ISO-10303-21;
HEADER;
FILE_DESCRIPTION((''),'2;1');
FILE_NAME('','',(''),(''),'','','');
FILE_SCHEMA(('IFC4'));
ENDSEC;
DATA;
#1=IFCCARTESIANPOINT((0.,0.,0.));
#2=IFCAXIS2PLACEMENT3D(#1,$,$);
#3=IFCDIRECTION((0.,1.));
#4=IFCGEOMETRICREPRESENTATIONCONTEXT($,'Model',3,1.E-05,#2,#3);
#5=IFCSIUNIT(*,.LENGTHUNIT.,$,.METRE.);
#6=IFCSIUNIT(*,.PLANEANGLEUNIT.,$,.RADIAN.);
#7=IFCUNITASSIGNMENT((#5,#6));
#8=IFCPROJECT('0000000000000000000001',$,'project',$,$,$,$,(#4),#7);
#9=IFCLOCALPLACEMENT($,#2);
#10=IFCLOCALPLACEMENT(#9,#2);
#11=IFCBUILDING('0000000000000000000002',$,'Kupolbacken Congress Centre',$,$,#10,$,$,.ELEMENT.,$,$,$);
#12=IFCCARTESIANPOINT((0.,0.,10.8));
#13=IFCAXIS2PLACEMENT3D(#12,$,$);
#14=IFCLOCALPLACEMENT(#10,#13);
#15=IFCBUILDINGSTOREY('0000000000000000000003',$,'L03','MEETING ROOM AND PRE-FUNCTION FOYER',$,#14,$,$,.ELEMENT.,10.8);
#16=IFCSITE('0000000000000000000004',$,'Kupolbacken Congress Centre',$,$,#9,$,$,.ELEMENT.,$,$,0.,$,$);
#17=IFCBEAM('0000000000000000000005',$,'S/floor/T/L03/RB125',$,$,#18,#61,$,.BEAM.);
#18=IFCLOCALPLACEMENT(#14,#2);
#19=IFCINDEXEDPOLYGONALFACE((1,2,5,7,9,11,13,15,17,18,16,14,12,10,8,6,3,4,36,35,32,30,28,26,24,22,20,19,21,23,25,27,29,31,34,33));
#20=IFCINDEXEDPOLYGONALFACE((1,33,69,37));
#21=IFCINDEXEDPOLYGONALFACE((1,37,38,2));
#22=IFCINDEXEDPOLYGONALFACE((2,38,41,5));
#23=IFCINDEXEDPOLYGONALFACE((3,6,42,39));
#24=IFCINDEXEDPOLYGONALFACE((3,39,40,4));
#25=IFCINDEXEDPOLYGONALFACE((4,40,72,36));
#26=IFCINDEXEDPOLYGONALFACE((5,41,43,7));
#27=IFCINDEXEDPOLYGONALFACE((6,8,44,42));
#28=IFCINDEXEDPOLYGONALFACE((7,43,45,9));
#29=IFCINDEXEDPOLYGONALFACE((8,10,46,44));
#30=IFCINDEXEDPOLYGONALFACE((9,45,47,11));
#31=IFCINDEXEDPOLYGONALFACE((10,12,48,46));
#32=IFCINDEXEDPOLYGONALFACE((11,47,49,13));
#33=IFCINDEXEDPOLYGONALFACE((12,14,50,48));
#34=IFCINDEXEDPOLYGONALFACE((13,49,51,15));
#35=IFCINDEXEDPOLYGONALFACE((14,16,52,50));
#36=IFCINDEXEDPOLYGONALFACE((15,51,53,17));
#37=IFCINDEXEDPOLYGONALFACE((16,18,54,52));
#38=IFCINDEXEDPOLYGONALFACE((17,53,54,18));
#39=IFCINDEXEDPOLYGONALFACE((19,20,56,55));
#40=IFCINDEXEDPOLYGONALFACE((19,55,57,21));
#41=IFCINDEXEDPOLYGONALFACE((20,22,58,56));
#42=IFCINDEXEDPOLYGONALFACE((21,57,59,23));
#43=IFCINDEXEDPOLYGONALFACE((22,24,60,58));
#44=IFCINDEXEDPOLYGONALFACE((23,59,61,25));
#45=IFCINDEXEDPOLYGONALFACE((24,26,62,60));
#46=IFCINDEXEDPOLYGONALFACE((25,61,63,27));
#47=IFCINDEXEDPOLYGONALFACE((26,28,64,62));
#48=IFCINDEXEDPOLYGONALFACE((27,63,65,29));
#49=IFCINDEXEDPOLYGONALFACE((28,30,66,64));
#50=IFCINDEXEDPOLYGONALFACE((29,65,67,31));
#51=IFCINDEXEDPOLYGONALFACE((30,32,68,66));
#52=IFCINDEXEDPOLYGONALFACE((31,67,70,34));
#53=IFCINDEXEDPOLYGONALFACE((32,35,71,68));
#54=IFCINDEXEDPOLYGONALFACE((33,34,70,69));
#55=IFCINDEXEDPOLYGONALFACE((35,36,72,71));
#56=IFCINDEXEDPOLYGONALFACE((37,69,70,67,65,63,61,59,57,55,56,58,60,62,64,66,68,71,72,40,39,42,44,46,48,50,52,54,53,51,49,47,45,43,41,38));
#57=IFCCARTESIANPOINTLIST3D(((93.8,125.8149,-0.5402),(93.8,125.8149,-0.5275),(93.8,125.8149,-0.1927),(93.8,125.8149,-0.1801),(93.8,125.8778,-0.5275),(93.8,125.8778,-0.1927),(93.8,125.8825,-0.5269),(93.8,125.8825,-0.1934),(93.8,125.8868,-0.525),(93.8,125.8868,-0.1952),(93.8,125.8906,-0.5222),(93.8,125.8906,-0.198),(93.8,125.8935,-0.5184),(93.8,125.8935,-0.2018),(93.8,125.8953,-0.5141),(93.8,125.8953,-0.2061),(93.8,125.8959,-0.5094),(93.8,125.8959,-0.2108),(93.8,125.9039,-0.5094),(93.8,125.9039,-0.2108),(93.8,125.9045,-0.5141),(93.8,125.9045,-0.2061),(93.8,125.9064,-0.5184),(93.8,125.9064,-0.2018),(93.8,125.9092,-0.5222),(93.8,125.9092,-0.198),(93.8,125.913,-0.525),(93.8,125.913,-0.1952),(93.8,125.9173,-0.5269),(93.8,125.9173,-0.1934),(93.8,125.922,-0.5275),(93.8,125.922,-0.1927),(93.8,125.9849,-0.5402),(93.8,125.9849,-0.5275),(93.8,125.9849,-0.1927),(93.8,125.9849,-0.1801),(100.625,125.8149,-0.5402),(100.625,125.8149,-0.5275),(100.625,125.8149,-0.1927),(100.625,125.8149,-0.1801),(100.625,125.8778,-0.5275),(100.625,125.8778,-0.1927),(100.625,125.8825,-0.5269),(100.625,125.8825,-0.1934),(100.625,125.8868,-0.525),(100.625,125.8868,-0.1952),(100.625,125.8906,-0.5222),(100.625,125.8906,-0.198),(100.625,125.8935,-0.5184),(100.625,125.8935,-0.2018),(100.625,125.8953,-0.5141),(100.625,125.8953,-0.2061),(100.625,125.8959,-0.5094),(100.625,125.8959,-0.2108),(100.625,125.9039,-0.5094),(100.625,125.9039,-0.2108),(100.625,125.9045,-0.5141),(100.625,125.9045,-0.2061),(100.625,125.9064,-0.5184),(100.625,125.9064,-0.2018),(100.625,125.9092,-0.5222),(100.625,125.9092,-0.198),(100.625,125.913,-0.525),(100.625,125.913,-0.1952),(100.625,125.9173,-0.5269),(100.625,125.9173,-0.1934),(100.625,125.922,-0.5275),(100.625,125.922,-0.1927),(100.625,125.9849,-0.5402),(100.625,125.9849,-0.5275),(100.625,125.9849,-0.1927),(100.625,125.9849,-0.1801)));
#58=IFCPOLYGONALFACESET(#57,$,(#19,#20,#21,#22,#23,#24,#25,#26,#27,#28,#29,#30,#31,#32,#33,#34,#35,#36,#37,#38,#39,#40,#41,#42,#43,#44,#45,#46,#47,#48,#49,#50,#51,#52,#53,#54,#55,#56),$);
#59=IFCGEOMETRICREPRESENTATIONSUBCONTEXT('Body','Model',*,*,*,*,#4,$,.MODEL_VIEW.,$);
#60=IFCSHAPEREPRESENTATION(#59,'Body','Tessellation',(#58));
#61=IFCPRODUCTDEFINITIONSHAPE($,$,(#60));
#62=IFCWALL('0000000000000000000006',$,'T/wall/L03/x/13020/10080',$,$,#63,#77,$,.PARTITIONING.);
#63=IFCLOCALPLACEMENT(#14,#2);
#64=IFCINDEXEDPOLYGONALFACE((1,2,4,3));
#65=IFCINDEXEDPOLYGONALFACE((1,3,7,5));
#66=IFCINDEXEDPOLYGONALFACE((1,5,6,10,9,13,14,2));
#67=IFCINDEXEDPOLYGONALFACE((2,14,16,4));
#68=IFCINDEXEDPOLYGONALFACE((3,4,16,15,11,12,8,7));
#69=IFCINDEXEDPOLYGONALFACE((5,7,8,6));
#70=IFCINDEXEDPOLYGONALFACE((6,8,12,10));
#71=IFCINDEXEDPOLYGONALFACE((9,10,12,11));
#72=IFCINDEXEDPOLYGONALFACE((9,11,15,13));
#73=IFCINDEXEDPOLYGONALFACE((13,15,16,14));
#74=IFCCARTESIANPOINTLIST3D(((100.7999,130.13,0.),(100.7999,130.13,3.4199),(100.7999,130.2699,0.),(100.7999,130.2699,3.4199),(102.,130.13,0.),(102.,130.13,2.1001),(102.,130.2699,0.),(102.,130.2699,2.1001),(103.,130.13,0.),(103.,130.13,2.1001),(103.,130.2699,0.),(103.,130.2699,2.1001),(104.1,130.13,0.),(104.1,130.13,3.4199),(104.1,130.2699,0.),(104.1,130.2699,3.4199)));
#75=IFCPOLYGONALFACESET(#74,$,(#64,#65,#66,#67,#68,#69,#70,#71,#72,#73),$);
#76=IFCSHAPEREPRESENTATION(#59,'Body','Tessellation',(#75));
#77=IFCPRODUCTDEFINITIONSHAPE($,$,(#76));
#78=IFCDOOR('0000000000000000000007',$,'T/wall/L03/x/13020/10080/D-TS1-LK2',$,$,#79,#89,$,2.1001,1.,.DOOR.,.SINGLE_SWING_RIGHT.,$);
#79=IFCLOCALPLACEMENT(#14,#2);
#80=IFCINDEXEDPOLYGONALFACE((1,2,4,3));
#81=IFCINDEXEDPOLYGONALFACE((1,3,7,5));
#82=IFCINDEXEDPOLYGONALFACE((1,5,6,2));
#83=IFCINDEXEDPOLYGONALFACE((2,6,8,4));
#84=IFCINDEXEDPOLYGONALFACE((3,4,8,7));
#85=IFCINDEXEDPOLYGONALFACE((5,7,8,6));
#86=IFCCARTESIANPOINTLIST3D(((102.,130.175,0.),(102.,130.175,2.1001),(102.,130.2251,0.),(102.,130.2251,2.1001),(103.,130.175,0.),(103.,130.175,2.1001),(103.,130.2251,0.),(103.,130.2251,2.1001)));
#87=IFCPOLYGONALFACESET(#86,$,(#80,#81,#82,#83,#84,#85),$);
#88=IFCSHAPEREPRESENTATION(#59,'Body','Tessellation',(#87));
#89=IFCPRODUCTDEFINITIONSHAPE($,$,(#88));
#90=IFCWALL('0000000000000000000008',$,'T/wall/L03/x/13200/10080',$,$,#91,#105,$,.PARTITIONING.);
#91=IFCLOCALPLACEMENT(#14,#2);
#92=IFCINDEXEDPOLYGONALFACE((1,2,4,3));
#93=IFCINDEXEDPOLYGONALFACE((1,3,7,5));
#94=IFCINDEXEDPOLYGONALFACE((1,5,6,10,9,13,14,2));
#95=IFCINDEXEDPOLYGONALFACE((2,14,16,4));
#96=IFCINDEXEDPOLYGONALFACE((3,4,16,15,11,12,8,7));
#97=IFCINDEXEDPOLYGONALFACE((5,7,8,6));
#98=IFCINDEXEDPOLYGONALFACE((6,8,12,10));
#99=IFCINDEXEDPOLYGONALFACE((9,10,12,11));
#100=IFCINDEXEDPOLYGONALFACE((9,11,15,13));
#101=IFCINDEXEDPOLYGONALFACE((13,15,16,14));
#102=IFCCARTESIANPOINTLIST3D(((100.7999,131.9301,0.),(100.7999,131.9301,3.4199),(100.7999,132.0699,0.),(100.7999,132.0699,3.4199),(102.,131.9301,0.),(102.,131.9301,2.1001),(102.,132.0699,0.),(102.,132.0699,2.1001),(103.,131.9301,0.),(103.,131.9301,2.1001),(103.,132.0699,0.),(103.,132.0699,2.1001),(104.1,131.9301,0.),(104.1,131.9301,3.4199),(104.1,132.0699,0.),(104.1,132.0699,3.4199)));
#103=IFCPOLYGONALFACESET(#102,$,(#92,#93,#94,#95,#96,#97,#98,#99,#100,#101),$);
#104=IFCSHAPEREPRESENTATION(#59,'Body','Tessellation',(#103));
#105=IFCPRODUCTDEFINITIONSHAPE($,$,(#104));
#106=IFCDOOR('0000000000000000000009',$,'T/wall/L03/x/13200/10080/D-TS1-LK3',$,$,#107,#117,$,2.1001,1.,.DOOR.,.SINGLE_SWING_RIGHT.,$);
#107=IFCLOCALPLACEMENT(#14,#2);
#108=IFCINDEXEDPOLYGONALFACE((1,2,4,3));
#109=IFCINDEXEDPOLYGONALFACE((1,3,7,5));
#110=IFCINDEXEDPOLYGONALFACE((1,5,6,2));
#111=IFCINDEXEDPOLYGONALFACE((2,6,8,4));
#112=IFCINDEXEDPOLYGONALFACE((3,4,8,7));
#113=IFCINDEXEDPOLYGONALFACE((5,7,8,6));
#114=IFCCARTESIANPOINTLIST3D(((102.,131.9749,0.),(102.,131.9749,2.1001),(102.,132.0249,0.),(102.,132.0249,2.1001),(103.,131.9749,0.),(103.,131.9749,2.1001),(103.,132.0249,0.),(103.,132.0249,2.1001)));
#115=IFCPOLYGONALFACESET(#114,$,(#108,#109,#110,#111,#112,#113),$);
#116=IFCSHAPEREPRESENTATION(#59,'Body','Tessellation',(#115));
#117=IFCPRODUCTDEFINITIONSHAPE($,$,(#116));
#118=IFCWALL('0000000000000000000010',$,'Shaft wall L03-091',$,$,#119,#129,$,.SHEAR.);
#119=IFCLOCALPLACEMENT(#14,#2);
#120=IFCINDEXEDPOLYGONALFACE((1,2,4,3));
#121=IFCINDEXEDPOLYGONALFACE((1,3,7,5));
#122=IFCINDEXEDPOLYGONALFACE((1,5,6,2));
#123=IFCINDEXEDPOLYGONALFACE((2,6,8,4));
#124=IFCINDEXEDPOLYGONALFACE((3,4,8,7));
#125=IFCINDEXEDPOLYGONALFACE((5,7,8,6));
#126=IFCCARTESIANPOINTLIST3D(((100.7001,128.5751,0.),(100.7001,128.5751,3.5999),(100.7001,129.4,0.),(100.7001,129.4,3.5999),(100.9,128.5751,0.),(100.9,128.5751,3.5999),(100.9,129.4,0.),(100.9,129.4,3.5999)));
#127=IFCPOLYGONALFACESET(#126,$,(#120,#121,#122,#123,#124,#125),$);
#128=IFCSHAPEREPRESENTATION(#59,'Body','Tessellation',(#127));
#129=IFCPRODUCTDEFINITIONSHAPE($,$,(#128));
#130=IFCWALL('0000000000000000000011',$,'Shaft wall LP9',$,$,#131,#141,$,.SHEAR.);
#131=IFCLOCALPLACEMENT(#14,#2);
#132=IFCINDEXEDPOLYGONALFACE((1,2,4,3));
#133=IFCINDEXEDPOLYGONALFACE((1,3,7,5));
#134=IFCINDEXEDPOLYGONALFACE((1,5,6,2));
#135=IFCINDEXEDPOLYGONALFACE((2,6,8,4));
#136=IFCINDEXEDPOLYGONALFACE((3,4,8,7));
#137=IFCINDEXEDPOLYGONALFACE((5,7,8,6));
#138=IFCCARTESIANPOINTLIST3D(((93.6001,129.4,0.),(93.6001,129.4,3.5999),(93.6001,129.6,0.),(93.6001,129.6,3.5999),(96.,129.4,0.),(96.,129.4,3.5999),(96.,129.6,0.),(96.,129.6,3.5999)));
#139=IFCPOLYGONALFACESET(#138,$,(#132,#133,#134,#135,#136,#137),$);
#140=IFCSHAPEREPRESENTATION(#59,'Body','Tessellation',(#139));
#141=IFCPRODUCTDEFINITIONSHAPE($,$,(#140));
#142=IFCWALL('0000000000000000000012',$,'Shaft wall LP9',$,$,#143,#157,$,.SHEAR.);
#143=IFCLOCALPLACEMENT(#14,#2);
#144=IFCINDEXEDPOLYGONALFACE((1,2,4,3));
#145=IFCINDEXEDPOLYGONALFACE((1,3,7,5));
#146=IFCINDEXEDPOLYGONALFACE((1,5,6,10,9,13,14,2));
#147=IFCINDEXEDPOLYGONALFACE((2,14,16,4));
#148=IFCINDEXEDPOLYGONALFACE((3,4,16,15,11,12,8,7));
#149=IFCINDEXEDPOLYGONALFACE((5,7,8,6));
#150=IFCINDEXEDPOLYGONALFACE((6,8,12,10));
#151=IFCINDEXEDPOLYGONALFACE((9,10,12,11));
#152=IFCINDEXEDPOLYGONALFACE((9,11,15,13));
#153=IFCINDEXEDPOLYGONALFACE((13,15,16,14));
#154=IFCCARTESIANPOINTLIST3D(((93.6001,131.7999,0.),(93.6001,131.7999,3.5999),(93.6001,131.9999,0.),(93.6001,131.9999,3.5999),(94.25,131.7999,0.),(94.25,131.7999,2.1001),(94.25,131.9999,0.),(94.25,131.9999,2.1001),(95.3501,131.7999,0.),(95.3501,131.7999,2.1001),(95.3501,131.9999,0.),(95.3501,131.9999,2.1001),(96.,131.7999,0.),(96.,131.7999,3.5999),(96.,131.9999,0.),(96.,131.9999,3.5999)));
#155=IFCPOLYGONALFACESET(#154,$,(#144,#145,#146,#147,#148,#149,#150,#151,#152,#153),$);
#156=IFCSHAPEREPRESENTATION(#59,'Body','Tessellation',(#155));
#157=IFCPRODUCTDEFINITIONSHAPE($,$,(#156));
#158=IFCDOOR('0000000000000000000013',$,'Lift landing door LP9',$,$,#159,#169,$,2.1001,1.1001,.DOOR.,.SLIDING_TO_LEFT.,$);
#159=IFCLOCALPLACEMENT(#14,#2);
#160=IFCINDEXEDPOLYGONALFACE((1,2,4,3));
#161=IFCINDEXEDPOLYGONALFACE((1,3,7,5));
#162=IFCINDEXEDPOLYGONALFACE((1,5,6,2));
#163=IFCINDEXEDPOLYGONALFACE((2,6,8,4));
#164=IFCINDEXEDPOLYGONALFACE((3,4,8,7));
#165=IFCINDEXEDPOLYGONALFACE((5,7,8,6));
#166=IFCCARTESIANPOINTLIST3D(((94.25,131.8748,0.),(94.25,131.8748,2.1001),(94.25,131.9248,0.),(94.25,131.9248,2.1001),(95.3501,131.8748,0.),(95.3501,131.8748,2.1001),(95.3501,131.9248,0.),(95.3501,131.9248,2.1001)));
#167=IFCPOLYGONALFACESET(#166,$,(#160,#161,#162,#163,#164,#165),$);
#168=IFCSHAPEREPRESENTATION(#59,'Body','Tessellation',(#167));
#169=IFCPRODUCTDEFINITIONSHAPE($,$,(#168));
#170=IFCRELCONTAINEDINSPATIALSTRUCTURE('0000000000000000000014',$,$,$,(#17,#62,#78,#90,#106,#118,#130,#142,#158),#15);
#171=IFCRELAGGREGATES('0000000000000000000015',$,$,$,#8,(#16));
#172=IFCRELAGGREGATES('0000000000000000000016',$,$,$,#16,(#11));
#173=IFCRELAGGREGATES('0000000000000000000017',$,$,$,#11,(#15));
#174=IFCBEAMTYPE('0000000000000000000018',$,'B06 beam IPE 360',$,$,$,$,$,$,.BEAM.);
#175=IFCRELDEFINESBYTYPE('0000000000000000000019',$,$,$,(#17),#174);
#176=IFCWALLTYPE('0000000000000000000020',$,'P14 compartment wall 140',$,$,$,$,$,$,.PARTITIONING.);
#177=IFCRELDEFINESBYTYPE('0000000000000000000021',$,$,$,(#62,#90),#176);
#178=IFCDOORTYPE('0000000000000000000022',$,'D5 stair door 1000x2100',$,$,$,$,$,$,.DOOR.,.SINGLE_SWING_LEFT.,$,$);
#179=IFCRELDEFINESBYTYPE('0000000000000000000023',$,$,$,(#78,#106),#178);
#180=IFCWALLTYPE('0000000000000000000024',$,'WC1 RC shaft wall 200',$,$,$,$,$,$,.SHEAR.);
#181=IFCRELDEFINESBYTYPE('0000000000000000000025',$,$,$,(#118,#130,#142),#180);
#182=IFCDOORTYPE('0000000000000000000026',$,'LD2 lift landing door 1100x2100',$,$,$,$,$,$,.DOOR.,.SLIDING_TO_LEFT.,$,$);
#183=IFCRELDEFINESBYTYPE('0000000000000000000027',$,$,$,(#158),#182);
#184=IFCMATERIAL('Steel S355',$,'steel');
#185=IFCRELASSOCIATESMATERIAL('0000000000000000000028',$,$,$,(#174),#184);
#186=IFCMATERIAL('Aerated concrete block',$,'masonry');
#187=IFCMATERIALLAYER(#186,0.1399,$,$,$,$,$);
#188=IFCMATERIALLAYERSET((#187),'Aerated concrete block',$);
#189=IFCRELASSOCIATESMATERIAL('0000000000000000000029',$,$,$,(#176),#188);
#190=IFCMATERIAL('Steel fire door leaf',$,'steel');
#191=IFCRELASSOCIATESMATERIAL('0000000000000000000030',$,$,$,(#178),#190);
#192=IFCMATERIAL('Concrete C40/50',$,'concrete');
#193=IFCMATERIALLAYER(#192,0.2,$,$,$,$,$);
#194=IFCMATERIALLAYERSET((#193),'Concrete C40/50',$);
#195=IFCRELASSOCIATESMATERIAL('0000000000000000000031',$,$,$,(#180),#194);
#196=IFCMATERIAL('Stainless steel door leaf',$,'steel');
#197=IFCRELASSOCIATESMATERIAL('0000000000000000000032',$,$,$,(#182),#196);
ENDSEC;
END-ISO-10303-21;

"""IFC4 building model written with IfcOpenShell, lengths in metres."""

from ifc_helpers import new_model, si_unit, direction, frame, frame_2d, origin, origin_2d, place, context, subcontext, project, spatial, rectangle, i_section, extrude, material, layer, layer_set, material_profile, profile_set, type_object, element, fill, save


model = new_model("IFC4")

# Units and contexts
model_context = context("Model", 3, precision=1e-05, world=origin(), true_north=direction((0.0, 1.0)))
body_context = subcontext(model_context, "Body", "Model", "MODEL_VIEW")
ifc_project = project(units=[si_unit("LENGTHUNIT", "METRE"), si_unit("PLANEANGLEUNIT", "RADIAN")], contexts=[model_context])

# Site, building, storey
site_placement = place(None, origin())
site = spatial("IfcSite", under=ifc_project, at=site_placement, Name="Kupolbacken Congress Centre", CompositionType="ELEMENT", RefElevation=0.0)
building_placement = place(site_placement, origin())
building = spatial("IfcBuilding", under=site, at=building_placement, Name="Kupolbacken Congress Centre", CompositionType="ELEMENT")
storey_placement = place(building_placement, frame((0.0, 0.0, 10.8)))
storey = spatial("IfcBuildingStorey", under=building, at=storey_placement, Name="L03", Description="MEETING ROOM AND PRE-FUNCTION FOYER", CompositionType="ELEMENT", Elevation=10.8)

# Beam
ifc_material_1 = material(Name="Steel S355", Category="steel")
ifc_material_profile = material_profile(ifc_material_1, i_section(OverallWidth=0.1699, OverallDepth=0.3601, WebThickness=0.0081, FlangeThickness=0.0127, FilletRadius=0.0181, at=origin_2d()), Name="IPE 360")
ifc_profile_set = profile_set([ifc_material_profile], Name="Steel S355")
beam_type = type_object("IfcBeamType", Name="B06 beam IPE 360", PredefinedType="BEAM", material=ifc_profile_set)
beam_placement = place(storey_placement, frame((93.8, 125.8999, -0.3601), z_axis=(1.0, 0.0, 0.0), x_axis=(0.0, 1.0, 0.0)))
element("IfcBeam", 1, at=beam_placement, inside=storey, type_object=beam_type, Name="S/floor/T/L03/RB125", PredefinedType="BEAM", context=body_context, shape_type="SweptSolid", body=[
    extrude(i_section(OverallWidth=0.1699, OverallDepth=0.3601, WebThickness=0.0081, FlangeThickness=0.0127, FilletRadius=0.0181, at=origin_2d()), origin(), (0.0, 0.0, 1.0), 6.825),
])

# Walls, openings, doors
ifc_material_2 = material(Name="Aerated concrete block", Category="masonry")
ifc_layer_1 = layer(ifc_material_2, 0.1399)
ifc_layer_set_1 = layer_set([ifc_layer_1], Name="Aerated concrete block")
wall_type_1 = type_object("IfcWallType", Name="P14 compartment wall 140", PredefinedType="PARTITIONING", material=ifc_layer_set_1)
wall_1_placement = place(storey_placement, frame((100.8, 130.2, 0.0), z_axis=(0.0, 0.0, 1.0), x_axis=(1.0, 0.0, 0.0)))
wall_1 = element("IfcWall", 2, at=wall_1_placement, inside=storey, type_object=wall_type_1, Name="T/wall/L03/x/13020/10080", PredefinedType="PARTITIONING", context=body_context, shape_type="SweptSolid", body=[
    extrude(rectangle(XDim=3.3, YDim=0.1399, at=frame_2d((1.6499, 0.0))), origin(), (0.0, 0.0, 1.0), 3.4199),
])
opening_1_placement = place(wall_1_placement, frame((1.2, 0.0, 0.0)))
opening_1 = element("IfcOpeningElement", 3, at=opening_1_placement, cuts=wall_1, PredefinedType="OPENING", context=body_context, shape_type="SweptSolid", body=[
    extrude(rectangle(XDim=1.0, YDim=2.1001, at=frame_2d((0.5, 1.05))), frame((0.0, 0.0798, 0.0), z_axis=(0.0, -1.0, 0.0), x_axis=(1.0, 0.0, 0.0)), (0.0, 0.0, 1.0), 0.1599),
])
ifc_material_3 = material(Name="Steel fire door leaf", Category="steel")
door_type_1 = type_object("IfcDoorType", Name="D5 stair door 1000x2100", OperationType="SINGLE_SWING_LEFT", PredefinedType="DOOR", material=ifc_material_3)
door_1_placement = place(opening_1_placement, frame((1.0, 0.0, 0.0), z_axis=(0.0, 0.0, 1.0), x_axis=(-1.0, 0.0, 0.0)))
door_1 = element("IfcDoor", 4, at=door_1_placement, inside=storey, type_object=door_type_1, Name="T/wall/L03/x/13020/10080/D-TS1-LK2", OperationType="SINGLE_SWING_RIGHT", OverallHeight=2.1001, OverallWidth=1.0, PredefinedType="DOOR", context=body_context, shape_type="SweptSolid", body=[
    extrude(rectangle(XDim=1.0, YDim=2.1001, at=frame_2d((0.5, 1.05))), frame((0.0, 0.0249, 0.0), z_axis=(0.0, -1.0, 0.0), x_axis=(1.0, 0.0, 0.0)), (0.0, 0.0, 1.0), 0.05),
])
fill(opening_1, door_1)
wall_2_placement = place(storey_placement, frame((100.8, 132.0, 0.0), z_axis=(0.0, 0.0, 1.0), x_axis=(1.0, 0.0, 0.0)))
wall_2 = element("IfcWall", 5, at=wall_2_placement, inside=storey, type_object=wall_type_1, Name="T/wall/L03/x/13200/10080", PredefinedType="PARTITIONING", context=body_context, shape_type="SweptSolid", body=[
    extrude(rectangle(XDim=3.3, YDim=0.1399, at=frame_2d((1.6499, 0.0))), origin(), (0.0, 0.0, 1.0), 3.4199),
])
opening_2_placement = place(wall_2_placement, frame((1.2, 0.0, 0.0)))
opening_2 = element("IfcOpeningElement", 6, at=opening_2_placement, cuts=wall_2, PredefinedType="OPENING", context=body_context, shape_type="SweptSolid", body=[
    extrude(rectangle(XDim=1.0, YDim=2.1001, at=frame_2d((0.5, 1.05))), frame((0.0, 0.0798, 0.0), z_axis=(0.0, -1.0, 0.0), x_axis=(1.0, 0.0, 0.0)), (0.0, 0.0, 1.0), 0.1599),
])
door_2_placement = place(opening_2_placement, origin())
door_2 = element("IfcDoor", 7, at=door_2_placement, inside=storey, type_object=door_type_1, Name="T/wall/L03/x/13200/10080/D-TS1-LK3", OperationType="SINGLE_SWING_RIGHT", OverallHeight=2.1001, OverallWidth=1.0, PredefinedType="DOOR", context=body_context, shape_type="SweptSolid", body=[
    extrude(rectangle(XDim=1.0, YDim=2.1001, at=frame_2d((0.5, 1.05))), frame((0.0, 0.0249, 0.0), z_axis=(0.0, -1.0, 0.0), x_axis=(1.0, 0.0, 0.0)), (0.0, 0.0, 1.0), 0.05),
])
fill(opening_2, door_2)

# Walls
ifc_material_4 = material(Name="Concrete C40/50", Category="concrete")
ifc_layer_2 = layer(ifc_material_4, 0.2)
ifc_layer_set_2 = layer_set([ifc_layer_2], Name="Concrete C40/50")
wall_type_2 = type_object("IfcWallType", Name="WC1 RC shaft wall 200", PredefinedType="SHEAR", material=ifc_layer_set_2)
wall_3_placement = place(storey_placement, frame((100.8, 128.575, 0.0), z_axis=(0.0, 0.0, 1.0), x_axis=(0.0, 1.0, 0.0)))
element("IfcWall", 8, at=wall_3_placement, inside=storey, type_object=wall_type_2, Name="Shaft wall L03-091", PredefinedType="SHEAR", context=body_context, shape_type="SweptSolid", body=[
    extrude(rectangle(XDim=0.825, YDim=0.2, at=frame_2d((0.4126, 0.0))), origin(), (0.0, 0.0, 1.0), 3.5999),
])
wall_4_placement = place(storey_placement, frame((93.6001, 129.5, 0.0), z_axis=(0.0, 0.0, 1.0), x_axis=(1.0, 0.0, 0.0)))
element("IfcWall", 9, at=wall_4_placement, inside=storey, type_object=wall_type_2, Name="Shaft wall LP9", PredefinedType="SHEAR", context=body_context, shape_type="SweptSolid", body=[
    extrude(rectangle(XDim=2.3999, YDim=0.2, at=frame_2d((1.2, 0.0))), origin(), (0.0, 0.0, 1.0), 3.5999),
])

# Wall, opening, door
wall_5_placement = place(storey_placement, frame((93.6001, 131.8999, 0.0), z_axis=(0.0, 0.0, 1.0), x_axis=(1.0, 0.0, 0.0)))
wall_5 = element("IfcWall", 10, at=wall_5_placement, inside=storey, type_object=wall_type_2, Name="Shaft wall LP9", PredefinedType="SHEAR", context=body_context, shape_type="SweptSolid", body=[
    extrude(rectangle(XDim=2.3999, YDim=0.2, at=frame_2d((1.2, 0.0))), origin(), (0.0, 0.0, 1.0), 3.5999),
])
opening_3_placement = place(wall_5_placement, frame((0.6499, 0.0, 0.0)))
opening_3 = element("IfcOpeningElement", 11, at=opening_3_placement, cuts=wall_5, PredefinedType="OPENING", context=body_context, shape_type="SweptSolid", body=[
    extrude(rectangle(XDim=1.1001, YDim=2.1001, at=frame_2d((0.55, 1.05))), frame((0.0, 0.1099, 0.0), z_axis=(0.0, -1.0, 0.0), x_axis=(1.0, 0.0, 0.0)), (0.0, 0.0, 1.0), 0.22),
])
ifc_material_5 = material(Name="Stainless steel door leaf", Category="steel")
door_type_2 = type_object("IfcDoorType", Name="LD2 lift landing door 1100x2100", OperationType="SLIDING_TO_LEFT", PredefinedType="DOOR", material=ifc_material_5)
door_3_placement = place(opening_3_placement, origin())
door_3 = element("IfcDoor", 12, at=door_3_placement, inside=storey, type_object=door_type_2, Name="Lift landing door LP9", OperationType="SLIDING_TO_LEFT", OverallHeight=2.1001, OverallWidth=1.1001, PredefinedType="DOOR", context=body_context, shape_type="SweptSolid", body=[
    extrude(rectangle(XDim=1.1001, YDim=2.1001, at=frame_2d((0.55, 1.05))), frame((0.0, 0.0249, 0.0), z_axis=(0.0, -1.0, 0.0), x_axis=(1.0, 0.0, 0.0)), (0.0, 0.0, 1.0), 0.05),
])
fill(opening_3, door_3)

save(model, "model.ifc")
